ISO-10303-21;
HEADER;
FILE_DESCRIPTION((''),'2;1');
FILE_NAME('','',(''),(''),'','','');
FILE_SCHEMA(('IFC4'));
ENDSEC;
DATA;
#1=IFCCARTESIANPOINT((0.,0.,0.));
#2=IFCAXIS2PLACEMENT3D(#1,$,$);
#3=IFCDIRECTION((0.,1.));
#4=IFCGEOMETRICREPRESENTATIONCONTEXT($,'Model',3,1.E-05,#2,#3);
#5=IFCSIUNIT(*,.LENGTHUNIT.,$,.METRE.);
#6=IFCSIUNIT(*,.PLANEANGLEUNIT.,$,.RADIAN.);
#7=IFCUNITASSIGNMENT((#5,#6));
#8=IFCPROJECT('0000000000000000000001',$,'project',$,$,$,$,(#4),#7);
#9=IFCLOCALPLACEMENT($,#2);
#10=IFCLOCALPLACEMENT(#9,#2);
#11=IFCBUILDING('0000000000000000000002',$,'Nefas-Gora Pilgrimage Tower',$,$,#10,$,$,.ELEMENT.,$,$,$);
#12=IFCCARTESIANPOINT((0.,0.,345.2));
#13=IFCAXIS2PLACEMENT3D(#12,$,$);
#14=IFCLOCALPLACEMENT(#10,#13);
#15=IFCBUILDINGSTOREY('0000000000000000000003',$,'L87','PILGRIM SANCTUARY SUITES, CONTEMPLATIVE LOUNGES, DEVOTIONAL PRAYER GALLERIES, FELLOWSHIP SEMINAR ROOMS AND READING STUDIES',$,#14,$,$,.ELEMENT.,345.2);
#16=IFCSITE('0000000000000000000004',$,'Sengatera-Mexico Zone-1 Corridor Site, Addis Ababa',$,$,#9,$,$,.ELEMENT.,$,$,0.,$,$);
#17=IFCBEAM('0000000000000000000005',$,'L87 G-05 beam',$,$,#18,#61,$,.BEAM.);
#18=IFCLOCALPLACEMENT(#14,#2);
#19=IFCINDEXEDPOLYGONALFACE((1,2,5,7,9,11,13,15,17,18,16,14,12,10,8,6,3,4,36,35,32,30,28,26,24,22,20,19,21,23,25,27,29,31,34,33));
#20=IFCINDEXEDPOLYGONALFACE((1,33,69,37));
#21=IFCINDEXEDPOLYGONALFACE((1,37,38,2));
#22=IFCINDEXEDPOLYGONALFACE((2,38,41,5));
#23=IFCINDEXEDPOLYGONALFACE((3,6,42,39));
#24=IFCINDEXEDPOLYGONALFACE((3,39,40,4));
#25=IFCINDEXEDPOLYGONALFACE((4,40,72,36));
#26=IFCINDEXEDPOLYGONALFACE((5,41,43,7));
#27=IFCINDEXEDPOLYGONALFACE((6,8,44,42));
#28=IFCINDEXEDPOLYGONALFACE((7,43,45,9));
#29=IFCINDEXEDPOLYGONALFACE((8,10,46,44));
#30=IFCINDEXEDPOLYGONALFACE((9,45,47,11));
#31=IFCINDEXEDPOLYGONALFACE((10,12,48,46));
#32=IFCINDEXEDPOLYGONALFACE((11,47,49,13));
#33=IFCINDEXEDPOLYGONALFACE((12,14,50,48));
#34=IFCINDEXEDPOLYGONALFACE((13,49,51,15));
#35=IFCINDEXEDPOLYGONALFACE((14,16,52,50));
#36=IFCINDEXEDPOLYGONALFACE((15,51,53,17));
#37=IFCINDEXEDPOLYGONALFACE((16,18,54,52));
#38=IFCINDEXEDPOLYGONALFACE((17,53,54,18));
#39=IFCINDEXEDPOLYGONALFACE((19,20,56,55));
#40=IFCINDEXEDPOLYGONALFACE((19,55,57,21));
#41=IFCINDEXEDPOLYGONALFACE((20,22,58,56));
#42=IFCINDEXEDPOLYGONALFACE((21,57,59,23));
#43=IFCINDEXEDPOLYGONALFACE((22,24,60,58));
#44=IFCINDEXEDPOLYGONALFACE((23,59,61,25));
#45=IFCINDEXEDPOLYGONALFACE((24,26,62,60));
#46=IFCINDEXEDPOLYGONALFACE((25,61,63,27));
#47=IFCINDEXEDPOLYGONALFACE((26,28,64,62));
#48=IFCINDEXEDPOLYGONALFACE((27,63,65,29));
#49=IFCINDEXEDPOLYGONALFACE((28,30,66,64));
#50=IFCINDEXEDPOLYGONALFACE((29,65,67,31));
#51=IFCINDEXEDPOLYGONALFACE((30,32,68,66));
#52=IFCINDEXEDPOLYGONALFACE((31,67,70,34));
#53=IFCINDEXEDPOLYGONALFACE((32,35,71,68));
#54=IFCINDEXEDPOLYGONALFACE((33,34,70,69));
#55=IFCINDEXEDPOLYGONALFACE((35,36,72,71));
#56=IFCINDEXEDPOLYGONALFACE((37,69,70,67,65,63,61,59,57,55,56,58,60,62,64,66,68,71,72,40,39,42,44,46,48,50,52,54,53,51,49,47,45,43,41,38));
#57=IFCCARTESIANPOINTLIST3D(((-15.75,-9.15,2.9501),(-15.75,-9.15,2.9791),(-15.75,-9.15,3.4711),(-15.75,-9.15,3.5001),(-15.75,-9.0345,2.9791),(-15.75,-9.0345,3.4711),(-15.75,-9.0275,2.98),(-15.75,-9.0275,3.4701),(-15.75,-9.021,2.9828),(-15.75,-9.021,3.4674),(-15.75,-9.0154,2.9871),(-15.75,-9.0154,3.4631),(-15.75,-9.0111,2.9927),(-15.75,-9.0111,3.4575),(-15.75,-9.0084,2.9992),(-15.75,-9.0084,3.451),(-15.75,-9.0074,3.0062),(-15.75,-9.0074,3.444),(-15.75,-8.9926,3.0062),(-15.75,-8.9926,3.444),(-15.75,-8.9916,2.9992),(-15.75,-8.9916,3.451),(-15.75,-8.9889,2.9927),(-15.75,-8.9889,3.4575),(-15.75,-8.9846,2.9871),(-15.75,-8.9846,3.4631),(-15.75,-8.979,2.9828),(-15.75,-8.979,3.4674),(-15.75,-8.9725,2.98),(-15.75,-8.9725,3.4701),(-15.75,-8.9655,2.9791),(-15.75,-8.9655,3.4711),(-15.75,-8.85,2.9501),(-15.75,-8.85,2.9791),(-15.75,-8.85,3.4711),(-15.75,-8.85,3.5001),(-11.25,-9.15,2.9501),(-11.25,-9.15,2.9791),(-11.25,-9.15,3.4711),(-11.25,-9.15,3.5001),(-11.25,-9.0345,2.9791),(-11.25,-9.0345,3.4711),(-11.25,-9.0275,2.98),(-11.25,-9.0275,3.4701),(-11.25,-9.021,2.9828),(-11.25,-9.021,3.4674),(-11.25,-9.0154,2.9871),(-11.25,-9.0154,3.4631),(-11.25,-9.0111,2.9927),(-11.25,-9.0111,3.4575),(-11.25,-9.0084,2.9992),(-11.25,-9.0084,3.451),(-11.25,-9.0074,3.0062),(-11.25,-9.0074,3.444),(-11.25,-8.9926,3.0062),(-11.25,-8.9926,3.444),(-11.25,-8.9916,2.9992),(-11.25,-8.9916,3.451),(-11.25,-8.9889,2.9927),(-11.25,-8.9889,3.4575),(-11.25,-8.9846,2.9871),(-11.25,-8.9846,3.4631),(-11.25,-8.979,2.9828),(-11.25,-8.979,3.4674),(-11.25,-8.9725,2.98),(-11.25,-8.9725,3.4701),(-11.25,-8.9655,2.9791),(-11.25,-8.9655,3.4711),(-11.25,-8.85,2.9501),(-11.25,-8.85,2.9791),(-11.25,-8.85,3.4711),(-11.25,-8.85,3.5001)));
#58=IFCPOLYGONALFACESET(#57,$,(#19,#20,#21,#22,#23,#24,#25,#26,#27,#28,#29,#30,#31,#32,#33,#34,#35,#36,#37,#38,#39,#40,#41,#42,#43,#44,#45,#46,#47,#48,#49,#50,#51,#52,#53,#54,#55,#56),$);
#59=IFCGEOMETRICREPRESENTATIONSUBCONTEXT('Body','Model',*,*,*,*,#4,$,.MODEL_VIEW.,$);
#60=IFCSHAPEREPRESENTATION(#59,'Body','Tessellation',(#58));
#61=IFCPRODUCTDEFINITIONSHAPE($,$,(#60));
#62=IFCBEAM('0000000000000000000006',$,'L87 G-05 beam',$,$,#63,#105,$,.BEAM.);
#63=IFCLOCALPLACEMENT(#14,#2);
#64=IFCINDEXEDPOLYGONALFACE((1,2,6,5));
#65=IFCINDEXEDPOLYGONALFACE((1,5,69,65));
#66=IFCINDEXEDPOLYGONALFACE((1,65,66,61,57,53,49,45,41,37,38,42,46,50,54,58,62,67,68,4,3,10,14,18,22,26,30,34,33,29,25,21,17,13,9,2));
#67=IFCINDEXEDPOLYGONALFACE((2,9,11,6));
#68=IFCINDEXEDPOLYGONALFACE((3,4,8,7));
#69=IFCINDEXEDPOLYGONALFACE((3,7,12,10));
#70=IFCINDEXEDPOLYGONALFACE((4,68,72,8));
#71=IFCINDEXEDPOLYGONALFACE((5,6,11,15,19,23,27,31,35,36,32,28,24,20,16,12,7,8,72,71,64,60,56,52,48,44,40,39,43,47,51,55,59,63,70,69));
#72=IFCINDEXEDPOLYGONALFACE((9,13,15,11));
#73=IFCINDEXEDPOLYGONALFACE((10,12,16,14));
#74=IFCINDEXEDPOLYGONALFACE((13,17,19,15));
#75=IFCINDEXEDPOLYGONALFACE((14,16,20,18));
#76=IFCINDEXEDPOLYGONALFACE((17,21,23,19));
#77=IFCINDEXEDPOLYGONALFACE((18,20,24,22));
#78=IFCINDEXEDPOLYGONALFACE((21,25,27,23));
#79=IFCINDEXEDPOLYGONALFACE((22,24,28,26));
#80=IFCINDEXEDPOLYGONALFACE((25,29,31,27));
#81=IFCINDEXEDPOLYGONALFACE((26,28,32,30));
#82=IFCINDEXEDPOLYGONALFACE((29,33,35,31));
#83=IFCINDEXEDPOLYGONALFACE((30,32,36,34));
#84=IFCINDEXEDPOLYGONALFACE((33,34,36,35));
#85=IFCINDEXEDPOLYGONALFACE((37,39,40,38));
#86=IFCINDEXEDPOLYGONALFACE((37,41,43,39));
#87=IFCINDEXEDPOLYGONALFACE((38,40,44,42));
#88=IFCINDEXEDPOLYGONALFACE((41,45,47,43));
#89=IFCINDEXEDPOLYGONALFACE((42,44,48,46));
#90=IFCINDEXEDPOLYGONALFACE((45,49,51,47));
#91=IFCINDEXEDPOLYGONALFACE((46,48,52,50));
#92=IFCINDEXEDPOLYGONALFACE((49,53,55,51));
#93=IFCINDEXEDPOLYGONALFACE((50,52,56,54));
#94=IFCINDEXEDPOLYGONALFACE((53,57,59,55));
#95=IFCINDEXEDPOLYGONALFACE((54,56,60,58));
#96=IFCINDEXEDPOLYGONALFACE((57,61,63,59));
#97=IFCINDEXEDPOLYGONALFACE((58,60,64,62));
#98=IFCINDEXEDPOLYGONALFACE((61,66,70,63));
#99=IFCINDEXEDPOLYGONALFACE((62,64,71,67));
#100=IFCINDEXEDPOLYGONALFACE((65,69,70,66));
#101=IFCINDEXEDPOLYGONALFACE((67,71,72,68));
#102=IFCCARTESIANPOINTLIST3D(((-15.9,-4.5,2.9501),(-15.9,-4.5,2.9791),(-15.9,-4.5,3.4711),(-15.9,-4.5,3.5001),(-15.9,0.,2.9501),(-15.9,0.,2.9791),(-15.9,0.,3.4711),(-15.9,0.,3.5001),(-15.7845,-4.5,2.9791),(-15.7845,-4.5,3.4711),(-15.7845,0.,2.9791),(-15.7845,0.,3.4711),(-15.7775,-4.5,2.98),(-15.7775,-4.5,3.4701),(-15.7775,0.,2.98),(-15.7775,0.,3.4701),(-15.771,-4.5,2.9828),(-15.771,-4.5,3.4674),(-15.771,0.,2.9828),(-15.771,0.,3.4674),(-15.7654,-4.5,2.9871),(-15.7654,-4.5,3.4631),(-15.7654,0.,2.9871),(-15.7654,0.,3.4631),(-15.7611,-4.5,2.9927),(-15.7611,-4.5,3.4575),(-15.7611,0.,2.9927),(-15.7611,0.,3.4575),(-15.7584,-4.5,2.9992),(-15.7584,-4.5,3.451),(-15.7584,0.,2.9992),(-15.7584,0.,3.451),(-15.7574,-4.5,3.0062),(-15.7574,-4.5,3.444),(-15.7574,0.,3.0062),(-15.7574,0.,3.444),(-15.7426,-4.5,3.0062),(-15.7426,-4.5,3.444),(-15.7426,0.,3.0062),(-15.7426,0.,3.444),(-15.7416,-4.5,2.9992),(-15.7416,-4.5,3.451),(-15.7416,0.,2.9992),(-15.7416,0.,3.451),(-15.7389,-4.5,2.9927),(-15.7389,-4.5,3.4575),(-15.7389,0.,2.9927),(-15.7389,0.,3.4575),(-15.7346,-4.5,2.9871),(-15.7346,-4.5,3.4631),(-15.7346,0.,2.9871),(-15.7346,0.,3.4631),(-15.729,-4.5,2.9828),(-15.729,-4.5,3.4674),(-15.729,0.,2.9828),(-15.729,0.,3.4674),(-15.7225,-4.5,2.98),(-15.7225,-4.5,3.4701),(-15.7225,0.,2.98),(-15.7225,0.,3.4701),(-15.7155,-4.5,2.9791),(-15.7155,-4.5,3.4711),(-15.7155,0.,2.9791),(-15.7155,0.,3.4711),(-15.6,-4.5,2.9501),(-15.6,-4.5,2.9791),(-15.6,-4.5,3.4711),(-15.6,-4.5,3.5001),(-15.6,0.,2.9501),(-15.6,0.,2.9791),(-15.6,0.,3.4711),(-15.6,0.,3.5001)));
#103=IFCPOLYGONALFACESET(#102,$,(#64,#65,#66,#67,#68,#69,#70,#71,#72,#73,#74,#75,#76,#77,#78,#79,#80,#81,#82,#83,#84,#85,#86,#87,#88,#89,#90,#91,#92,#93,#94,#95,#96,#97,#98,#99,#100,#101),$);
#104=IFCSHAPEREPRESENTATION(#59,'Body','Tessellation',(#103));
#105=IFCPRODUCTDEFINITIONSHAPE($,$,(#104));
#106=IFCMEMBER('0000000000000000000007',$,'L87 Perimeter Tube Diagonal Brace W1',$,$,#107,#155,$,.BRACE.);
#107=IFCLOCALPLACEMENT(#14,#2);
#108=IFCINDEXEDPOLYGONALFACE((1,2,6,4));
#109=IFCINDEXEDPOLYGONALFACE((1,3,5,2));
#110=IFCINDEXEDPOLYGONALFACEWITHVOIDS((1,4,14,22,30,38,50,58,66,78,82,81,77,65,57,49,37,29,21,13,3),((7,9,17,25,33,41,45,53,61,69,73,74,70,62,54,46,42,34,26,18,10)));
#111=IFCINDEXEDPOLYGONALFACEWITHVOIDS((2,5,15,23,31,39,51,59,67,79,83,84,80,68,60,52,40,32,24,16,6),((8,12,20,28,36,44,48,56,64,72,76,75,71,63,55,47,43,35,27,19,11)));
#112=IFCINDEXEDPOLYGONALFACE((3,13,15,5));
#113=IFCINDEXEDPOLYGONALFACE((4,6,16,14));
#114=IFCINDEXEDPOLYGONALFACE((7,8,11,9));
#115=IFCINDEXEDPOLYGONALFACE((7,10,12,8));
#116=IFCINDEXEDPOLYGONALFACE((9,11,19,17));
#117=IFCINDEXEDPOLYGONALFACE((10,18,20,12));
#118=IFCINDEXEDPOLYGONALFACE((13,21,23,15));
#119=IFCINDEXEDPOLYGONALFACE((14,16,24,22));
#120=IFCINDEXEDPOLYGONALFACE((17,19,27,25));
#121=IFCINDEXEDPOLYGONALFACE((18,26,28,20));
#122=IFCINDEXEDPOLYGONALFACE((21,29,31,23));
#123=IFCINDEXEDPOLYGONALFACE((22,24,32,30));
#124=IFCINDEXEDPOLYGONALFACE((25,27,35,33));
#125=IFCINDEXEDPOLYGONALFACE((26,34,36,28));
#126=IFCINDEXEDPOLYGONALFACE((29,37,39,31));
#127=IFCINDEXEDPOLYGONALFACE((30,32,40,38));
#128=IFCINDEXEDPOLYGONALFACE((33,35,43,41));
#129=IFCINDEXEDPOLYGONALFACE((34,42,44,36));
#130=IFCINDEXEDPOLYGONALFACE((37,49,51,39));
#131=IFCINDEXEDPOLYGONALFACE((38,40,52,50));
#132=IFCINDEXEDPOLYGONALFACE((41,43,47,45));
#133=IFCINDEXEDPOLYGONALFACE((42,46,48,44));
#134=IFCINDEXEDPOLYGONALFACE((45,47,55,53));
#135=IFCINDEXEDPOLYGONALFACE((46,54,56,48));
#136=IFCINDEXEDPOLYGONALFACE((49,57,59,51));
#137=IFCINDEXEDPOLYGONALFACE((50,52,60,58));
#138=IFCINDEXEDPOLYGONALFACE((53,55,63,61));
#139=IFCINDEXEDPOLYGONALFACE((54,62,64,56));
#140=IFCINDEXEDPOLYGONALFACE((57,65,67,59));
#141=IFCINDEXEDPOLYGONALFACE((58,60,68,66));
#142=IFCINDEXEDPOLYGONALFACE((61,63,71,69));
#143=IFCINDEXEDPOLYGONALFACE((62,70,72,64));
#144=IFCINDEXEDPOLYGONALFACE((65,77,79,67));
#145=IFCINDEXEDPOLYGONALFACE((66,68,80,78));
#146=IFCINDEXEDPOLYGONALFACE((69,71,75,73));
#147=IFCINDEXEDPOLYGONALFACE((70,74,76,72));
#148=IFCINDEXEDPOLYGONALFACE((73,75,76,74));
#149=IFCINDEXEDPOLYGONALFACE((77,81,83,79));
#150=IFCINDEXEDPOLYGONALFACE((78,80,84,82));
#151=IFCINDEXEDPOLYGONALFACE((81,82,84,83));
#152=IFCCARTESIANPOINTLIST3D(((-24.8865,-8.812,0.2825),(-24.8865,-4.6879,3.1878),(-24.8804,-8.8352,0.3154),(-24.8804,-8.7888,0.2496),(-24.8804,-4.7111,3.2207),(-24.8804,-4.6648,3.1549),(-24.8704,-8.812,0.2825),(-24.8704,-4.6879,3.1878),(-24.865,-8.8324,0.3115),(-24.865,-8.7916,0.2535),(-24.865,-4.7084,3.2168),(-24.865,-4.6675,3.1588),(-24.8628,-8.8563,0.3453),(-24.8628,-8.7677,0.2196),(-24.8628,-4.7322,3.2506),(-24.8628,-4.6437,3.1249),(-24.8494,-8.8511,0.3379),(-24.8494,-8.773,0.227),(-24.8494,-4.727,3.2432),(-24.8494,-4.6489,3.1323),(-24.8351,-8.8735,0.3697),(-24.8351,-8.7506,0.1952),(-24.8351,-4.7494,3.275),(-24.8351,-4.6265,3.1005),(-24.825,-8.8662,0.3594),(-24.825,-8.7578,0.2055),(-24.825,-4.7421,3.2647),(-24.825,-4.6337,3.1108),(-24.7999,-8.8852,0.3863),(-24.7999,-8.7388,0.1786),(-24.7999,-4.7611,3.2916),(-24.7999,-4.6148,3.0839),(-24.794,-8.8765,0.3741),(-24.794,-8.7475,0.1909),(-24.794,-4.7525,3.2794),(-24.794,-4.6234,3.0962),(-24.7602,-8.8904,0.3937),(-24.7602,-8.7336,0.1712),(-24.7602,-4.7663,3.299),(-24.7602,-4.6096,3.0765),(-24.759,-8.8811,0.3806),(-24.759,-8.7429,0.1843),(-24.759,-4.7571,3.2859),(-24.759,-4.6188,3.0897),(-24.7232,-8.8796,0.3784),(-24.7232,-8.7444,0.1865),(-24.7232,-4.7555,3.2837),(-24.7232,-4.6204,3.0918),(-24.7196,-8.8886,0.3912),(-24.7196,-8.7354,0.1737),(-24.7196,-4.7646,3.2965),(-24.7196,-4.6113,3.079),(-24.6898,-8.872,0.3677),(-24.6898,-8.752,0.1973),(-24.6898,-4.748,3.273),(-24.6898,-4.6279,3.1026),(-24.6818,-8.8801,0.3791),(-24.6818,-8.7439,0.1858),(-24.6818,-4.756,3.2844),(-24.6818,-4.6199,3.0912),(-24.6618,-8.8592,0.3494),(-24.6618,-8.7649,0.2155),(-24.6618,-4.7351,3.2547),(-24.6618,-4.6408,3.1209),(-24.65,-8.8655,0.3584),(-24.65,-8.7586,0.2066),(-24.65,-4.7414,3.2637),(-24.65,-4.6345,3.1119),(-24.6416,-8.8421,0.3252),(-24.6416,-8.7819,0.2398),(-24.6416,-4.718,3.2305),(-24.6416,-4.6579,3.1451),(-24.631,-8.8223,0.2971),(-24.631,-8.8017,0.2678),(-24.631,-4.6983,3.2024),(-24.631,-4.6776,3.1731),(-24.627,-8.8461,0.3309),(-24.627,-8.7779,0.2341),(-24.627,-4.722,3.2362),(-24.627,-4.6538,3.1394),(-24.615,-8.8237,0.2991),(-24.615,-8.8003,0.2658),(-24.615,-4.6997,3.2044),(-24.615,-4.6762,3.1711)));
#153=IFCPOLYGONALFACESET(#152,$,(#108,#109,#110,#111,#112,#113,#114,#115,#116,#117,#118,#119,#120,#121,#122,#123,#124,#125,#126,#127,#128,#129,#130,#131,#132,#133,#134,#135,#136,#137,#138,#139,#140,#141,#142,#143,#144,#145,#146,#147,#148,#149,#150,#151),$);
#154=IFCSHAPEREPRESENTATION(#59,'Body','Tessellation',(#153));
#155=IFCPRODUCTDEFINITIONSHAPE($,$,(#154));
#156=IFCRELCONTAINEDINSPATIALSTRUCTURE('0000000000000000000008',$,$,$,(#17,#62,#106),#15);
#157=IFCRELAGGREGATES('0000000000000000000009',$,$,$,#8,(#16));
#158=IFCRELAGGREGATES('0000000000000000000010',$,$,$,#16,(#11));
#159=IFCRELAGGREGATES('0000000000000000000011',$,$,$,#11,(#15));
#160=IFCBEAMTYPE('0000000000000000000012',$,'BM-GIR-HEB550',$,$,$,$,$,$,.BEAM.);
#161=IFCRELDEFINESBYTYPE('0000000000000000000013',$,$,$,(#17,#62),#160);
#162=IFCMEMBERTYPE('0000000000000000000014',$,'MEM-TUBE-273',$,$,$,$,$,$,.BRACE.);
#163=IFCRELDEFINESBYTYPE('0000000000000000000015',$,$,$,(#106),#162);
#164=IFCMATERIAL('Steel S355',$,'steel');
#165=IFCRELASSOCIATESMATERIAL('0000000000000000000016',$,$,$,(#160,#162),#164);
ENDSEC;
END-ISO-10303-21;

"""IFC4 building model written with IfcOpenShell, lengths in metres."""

from ifc_helpers import new_model, si_unit, direction, frame, origin, origin_2d, place, context, subcontext, project, spatial, hollow_circle, i_section, extrude, source, transform, mapped, material, material_profile, profile_set, type_object, element, save


model = new_model("IFC4")

# Units and contexts
model_context = context("Model", 3, precision=1e-05, world=origin(), true_north=direction((0.0, 1.0)))
body_context = subcontext(model_context, "Body", "Model", "MODEL_VIEW")
ifc_project = project(units=[si_unit("LENGTHUNIT", "METRE"), si_unit("PLANEANGLEUNIT", "RADIAN")], contexts=[model_context])

# Site, building, storey
site_placement = place(None, origin())
site = spatial("IfcSite", under=ifc_project, at=site_placement, Name="Sengatera-Mexico Zone-1 Corridor Site, Addis Ababa", CompositionType="ELEMENT", RefElevation=0.0)
building_placement = place(site_placement, origin())
building = spatial("IfcBuilding", under=site, at=building_placement, Name="Nefas-Gora Pilgrimage Tower", CompositionType="ELEMENT")
storey_placement = place(building_placement, frame((0.0, 0.0, 345.2)))
storey = spatial("IfcBuildingStorey", under=building, at=storey_placement, Name="L87", Description="PILGRIM SANCTUARY SUITES, CONTEMPLATIVE LOUNGES, DEVOTIONAL PRAYER GALLERIES, FELLOWSHIP SEMINAR ROOMS AND READING STUDIES", CompositionType="ELEMENT", Elevation=345.2)

# Shared definitions
ifc_material_1 = material(Name="Steel S355", Category="steel")

# Beams
ifc_material_profile_1 = material_profile(ifc_material_1, i_section(OverallWidth=0.3, OverallDepth=0.55, WebThickness=0.0149, FlangeThickness=0.0291, FilletRadius=0.0271, at=origin_2d()), Name="HEB 550")
ifc_profile_set_1 = profile_set([ifc_material_profile_1], Name="Steel S355")
beam_type_1 = type_object("IfcBeamType", Name="BM-GIR-HEB550", PredefinedType="BEAM", material=ifc_profile_set_1)
shared_shape_1 = source(origin(), body_context, "Body", "SweptSolid", [
    extrude(i_section(OverallWidth=0.3, OverallDepth=0.55, WebThickness=0.0149, FlangeThickness=0.0291, FilletRadius=0.0271, at=origin_2d()), origin(), (0.0, 0.0, 1.0), 4.5),
])
for number, where, z_axis, x_axis, name in (
    (1, (-15.75, -9.0, 3.2251), (1.0, 0.0, 0.0), (0.0, 1.0, 0.0), "L87 G-05 beam"),
    (2, (-15.75, -4.5, 3.2251), (0.0, 1.0, 0.0), (-1.0, 0.0, 0.0), "L87 G-05 beam"),
):
    element("IfcBeam", number, at=place(storey_placement, frame(where, z_axis=z_axis, x_axis=x_axis)), inside=storey, type_object=beam_type_1, Name=name, PredefinedType="BEAM", context=body_context, shape_type="MappedRepresentation", body=[
        mapped(shared_shape_1, transform((0.0, 0.0, 0.0), x_axis=(1.0, 0.0, 0.0), y_axis=(0.0, 1.0, 0.0), z_axis=(0.0, 0.0, 1.0), scale=1.0)),
    ])

# Member
ifc_material_profile_2 = material_profile(ifc_material_1, hollow_circle(Radius=0.1365, WallThickness=0.0161, at=origin_2d()), Name="CHS 273x16")
ifc_profile_set_2 = profile_set([ifc_material_profile_2], Name="Steel S355")
member_type_1 = type_object("IfcMemberType", Name="MEM-TUBE-273", PredefinedType="BRACE", material=ifc_profile_set_2)
shared_shape_2 = source(origin(), body_context, "Body", "SweptSolid", [
    extrude(hollow_circle(Radius=0.1365, WallThickness=0.0161, at=origin_2d()), origin(), (0.0, 0.0, 1.0), 5.0447),
])
member_1_placement = place(storey_placement, frame((-24.75, -8.812, 0.2825), z_axis=(0.0, 0.817509, 0.575915), x_axis=(-1.0, 0.0, 0.0)))
element("IfcMember", 3, at=member_1_placement, inside=storey, type_object=member_type_1, Name="L87 Perimeter Tube Diagonal Brace W1", PredefinedType="BRACE", context=body_context, shape_type="MappedRepresentation", body=[
    mapped(shared_shape_2, transform((0.0, 0.0, 0.0), x_axis=(1.0, 0.0, 0.0), y_axis=(0.0, 1.0, 0.0), z_axis=(0.0, 0.0, 1.0), scale=1.0)),
])

save(model, "model.ifc")
